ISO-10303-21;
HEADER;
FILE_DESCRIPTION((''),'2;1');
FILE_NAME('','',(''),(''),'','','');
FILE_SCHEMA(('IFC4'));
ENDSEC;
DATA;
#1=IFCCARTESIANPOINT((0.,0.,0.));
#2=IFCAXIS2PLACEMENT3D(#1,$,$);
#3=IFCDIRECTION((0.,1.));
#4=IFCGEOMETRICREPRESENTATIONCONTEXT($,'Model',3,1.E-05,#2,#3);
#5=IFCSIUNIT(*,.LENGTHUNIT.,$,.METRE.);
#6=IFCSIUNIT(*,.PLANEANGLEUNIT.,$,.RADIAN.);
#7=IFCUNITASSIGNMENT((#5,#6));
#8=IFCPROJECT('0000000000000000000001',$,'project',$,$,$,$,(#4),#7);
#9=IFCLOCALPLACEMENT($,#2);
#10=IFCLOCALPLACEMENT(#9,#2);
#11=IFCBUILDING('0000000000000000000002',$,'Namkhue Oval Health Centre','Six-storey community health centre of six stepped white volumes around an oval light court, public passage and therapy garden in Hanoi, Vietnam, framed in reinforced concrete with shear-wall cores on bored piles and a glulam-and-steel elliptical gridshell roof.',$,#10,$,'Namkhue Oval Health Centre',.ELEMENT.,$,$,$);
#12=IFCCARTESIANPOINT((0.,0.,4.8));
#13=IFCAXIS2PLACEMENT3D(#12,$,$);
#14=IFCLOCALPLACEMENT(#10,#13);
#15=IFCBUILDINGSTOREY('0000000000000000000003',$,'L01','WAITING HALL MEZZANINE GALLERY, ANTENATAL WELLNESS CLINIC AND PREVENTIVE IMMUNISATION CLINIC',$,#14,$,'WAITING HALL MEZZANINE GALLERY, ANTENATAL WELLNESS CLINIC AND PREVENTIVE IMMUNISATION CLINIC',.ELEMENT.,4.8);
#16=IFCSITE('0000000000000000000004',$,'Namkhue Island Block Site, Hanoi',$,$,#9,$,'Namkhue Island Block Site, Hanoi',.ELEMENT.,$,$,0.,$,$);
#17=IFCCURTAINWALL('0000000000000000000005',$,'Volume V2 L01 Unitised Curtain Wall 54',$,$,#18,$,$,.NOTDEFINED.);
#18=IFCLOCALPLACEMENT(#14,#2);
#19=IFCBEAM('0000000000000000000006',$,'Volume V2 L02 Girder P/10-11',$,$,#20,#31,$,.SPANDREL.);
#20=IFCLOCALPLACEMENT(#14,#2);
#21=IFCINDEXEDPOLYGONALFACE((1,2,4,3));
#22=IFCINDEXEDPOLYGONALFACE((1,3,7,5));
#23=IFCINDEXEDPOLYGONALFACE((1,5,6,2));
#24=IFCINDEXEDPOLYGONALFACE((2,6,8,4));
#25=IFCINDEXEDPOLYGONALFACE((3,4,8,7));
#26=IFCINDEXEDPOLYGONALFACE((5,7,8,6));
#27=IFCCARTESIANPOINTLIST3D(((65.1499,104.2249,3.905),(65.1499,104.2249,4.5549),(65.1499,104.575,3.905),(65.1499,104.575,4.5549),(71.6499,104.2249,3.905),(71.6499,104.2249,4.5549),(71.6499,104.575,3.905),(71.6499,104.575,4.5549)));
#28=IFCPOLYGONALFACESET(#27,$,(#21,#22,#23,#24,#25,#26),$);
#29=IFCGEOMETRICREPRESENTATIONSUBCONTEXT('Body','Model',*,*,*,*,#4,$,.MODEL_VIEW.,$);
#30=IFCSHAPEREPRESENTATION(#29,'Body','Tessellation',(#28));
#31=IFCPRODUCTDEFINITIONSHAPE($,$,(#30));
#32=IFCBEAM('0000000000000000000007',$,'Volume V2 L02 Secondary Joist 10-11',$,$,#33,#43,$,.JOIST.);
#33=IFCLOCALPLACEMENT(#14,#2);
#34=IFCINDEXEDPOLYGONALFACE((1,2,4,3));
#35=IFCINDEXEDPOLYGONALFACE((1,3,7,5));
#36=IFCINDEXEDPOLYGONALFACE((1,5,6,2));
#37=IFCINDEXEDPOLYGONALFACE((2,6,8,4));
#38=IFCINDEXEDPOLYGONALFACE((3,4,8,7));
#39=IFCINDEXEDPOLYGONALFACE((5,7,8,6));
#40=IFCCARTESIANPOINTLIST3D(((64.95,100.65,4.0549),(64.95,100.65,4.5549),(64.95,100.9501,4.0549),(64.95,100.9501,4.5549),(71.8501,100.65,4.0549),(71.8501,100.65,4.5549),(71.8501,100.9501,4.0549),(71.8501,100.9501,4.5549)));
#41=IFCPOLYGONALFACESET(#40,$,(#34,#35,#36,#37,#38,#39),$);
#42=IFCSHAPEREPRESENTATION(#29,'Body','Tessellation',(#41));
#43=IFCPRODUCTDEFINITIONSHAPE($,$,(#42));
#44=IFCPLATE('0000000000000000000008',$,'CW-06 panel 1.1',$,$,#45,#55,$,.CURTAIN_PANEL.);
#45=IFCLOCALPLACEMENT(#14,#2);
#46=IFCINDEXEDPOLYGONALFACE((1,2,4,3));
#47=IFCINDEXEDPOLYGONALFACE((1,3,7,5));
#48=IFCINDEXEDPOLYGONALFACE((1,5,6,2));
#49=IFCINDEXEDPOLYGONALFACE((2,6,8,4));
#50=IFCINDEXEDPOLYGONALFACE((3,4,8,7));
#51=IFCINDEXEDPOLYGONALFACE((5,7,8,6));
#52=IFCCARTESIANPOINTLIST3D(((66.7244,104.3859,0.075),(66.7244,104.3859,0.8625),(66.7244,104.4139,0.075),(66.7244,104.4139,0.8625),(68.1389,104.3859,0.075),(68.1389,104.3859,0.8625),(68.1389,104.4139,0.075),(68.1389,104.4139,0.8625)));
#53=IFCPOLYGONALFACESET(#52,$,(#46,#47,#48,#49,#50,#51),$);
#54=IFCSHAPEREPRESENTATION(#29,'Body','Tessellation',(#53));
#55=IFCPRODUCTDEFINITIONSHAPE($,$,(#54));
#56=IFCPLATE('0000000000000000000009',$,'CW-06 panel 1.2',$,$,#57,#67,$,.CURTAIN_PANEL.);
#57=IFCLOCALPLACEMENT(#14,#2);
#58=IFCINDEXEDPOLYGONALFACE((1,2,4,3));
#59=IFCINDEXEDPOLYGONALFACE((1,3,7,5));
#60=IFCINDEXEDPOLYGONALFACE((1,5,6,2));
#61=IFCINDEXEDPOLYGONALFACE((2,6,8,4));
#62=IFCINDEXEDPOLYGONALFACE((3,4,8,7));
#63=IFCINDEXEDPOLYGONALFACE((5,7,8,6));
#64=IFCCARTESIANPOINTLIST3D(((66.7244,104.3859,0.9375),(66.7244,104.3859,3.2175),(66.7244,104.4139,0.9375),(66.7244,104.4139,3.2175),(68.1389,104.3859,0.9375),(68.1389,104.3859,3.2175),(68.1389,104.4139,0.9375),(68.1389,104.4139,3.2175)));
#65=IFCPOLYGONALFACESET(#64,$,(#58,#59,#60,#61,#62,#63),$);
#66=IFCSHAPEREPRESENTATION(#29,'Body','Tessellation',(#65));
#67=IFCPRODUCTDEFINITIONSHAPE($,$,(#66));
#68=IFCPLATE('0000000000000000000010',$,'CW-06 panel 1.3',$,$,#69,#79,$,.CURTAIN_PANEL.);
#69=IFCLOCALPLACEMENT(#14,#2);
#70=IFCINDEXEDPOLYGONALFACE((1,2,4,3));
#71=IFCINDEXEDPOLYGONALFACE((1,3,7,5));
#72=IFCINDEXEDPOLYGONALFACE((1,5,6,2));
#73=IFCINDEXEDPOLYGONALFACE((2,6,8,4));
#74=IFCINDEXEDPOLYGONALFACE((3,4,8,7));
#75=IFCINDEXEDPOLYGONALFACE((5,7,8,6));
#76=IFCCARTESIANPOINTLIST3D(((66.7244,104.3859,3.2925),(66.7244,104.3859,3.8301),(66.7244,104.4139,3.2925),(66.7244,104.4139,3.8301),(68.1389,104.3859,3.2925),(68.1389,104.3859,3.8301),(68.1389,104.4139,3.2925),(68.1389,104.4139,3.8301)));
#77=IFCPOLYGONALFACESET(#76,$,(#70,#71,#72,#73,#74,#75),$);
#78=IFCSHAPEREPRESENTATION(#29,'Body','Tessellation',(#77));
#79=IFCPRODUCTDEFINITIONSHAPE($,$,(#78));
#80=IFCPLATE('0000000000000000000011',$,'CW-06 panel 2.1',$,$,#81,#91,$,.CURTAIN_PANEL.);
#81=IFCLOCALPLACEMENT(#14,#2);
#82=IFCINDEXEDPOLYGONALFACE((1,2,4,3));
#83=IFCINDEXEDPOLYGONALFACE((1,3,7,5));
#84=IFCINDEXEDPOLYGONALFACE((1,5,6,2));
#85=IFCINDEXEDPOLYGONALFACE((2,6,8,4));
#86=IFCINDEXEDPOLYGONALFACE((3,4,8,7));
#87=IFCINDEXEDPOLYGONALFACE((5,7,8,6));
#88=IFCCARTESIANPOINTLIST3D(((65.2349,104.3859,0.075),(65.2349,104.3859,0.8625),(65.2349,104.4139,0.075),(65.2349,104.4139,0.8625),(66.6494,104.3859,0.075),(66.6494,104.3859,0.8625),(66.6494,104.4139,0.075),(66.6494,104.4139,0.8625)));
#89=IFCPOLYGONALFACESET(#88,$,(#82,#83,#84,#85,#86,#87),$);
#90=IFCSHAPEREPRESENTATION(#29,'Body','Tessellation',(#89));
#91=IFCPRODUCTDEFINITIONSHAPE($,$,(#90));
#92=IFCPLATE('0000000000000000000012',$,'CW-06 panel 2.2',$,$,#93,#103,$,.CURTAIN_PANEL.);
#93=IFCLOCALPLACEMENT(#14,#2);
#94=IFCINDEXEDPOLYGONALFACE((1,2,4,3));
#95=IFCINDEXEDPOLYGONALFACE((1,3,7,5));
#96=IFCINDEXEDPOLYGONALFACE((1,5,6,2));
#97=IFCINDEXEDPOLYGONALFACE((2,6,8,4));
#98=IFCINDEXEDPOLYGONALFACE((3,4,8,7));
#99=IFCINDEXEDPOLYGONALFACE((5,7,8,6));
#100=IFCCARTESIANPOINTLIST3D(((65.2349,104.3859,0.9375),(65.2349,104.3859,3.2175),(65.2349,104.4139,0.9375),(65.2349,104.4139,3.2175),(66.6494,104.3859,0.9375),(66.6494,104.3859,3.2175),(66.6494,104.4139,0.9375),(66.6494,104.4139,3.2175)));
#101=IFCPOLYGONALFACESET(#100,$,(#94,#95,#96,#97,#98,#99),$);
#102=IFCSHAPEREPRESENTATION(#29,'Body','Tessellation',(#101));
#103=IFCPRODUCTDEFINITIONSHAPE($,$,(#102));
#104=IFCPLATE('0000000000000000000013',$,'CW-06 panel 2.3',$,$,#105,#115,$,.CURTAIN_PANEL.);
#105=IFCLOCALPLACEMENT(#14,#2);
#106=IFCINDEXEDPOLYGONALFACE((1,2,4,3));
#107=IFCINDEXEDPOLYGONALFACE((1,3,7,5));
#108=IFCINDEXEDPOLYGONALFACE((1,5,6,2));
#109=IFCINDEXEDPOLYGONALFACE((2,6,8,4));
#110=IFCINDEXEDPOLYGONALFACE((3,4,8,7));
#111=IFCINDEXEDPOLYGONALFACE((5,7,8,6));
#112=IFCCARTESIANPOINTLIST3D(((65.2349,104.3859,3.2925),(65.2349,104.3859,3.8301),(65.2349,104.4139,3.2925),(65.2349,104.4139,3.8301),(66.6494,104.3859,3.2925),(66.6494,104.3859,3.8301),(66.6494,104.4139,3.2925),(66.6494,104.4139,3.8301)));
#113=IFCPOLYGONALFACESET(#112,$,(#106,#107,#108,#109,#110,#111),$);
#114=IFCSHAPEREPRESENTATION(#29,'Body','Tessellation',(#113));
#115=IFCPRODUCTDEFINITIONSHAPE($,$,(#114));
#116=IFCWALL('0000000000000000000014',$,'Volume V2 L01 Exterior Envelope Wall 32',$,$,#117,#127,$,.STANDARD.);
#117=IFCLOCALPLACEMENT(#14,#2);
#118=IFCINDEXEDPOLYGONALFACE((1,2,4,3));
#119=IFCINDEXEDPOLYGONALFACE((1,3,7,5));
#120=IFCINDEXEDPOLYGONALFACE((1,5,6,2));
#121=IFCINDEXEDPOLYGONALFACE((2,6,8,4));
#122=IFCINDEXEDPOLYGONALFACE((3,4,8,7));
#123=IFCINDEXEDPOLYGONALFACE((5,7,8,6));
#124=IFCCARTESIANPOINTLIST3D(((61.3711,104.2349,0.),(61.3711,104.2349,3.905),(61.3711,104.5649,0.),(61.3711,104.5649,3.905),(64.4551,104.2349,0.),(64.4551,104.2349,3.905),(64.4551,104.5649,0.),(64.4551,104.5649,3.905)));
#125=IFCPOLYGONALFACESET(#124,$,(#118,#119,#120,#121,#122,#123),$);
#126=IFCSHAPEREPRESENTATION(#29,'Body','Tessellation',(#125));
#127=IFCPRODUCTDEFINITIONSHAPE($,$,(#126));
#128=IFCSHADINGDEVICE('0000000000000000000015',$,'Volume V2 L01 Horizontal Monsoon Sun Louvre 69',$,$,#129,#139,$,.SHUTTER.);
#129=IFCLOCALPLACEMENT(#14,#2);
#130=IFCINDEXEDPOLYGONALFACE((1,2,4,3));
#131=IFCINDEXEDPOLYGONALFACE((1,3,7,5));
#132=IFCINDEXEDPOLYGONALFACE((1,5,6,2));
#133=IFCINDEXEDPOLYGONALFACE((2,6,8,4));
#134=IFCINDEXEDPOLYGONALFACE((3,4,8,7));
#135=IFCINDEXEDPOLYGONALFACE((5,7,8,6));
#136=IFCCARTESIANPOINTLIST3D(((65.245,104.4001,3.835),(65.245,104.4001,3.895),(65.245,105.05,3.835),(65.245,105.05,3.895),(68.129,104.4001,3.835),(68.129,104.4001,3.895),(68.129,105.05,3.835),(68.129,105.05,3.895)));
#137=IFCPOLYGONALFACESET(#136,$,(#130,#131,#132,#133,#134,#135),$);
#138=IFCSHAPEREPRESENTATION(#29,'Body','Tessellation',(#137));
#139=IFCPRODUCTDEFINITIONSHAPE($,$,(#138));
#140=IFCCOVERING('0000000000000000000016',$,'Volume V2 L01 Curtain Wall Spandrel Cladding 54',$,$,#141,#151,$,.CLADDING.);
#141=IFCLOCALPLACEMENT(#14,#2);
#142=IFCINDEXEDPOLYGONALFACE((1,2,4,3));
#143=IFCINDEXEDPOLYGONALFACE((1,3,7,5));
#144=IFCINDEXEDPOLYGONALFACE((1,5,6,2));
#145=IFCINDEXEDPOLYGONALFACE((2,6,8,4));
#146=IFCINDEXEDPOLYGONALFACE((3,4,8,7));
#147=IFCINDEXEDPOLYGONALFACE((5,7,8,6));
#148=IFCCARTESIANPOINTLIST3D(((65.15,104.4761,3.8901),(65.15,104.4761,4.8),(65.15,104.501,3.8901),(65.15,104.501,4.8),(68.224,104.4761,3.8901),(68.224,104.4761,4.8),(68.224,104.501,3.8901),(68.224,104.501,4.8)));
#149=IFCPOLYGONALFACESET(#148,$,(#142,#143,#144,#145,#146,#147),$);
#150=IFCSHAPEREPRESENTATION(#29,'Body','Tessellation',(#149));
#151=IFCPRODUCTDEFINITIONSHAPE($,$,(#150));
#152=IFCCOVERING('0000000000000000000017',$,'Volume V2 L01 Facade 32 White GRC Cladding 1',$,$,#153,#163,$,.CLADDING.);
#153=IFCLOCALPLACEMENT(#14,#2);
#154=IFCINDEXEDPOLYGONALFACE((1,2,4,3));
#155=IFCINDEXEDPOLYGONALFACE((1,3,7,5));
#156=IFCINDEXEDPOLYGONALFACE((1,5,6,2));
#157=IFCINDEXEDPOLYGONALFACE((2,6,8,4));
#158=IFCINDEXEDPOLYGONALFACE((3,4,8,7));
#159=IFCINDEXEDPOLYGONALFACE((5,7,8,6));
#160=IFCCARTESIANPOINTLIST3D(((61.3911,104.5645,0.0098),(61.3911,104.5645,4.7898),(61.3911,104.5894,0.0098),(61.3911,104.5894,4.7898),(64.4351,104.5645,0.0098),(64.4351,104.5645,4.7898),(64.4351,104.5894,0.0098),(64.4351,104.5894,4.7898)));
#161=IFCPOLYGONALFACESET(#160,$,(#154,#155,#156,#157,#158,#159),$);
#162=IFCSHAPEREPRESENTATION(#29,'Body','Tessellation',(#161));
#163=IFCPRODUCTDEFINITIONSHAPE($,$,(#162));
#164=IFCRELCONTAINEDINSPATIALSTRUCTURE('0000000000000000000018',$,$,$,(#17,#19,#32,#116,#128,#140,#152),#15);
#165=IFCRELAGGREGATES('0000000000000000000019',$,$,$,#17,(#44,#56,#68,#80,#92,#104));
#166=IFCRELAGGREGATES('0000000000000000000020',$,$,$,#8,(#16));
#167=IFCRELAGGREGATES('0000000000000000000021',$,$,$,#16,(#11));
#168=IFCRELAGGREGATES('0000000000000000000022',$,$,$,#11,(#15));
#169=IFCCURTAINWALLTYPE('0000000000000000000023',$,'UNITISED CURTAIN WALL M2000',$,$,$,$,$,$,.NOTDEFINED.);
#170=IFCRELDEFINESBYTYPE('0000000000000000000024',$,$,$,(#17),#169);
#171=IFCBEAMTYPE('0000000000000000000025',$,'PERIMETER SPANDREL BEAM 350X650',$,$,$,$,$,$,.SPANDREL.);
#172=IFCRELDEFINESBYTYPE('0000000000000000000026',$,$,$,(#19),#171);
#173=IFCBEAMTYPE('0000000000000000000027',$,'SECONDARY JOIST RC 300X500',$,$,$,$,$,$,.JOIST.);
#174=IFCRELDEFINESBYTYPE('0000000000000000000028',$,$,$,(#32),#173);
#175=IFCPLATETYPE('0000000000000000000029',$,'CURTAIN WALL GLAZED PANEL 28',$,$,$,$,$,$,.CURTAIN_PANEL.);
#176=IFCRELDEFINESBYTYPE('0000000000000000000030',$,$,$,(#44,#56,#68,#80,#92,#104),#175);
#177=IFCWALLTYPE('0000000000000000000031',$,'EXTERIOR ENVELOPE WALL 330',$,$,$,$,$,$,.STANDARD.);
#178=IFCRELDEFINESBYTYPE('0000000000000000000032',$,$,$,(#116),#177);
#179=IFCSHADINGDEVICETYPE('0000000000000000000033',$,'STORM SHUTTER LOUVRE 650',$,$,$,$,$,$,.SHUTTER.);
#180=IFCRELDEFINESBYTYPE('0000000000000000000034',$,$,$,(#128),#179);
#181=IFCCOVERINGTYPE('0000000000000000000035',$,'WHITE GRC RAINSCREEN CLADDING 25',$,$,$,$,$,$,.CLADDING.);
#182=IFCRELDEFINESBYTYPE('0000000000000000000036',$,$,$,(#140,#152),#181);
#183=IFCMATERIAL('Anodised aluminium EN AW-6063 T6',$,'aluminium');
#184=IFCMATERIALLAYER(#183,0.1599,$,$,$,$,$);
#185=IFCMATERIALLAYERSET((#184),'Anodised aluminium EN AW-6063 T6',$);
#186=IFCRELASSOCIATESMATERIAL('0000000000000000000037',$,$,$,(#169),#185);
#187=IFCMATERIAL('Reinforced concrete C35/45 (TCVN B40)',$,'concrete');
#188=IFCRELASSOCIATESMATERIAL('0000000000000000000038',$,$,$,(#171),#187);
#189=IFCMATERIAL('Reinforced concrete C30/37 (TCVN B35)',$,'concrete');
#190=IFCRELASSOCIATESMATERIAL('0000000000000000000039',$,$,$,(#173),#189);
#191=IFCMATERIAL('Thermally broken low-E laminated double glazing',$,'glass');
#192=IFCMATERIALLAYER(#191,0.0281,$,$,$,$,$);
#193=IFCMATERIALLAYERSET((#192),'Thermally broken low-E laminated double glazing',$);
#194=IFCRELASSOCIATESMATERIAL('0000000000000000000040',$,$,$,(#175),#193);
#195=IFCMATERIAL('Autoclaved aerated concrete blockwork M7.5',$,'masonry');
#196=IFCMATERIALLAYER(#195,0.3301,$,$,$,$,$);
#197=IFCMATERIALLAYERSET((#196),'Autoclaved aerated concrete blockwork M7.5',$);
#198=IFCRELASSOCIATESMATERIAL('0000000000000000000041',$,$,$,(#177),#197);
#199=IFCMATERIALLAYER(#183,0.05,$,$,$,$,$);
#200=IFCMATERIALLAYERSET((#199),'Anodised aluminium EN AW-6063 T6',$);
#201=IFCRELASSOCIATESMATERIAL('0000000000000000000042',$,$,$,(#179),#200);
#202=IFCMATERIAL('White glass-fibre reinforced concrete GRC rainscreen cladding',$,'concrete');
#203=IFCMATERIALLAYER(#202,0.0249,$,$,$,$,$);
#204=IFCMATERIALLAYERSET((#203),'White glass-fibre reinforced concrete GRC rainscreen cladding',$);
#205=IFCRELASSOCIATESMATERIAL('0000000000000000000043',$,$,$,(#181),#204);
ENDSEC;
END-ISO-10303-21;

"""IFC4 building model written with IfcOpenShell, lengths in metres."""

from ifc_helpers import new_model, si_unit, direction, frame, frame_2d, origin, origin_2d, place, context, subcontext, project, spatial, rectangle, extrude, material, layer, layer_set, material_profile, profile_set, type_object, element, aggregate, save


model = new_model("IFC4")

# Units and contexts
model_context = context("Model", 3, precision=1e-05, world=origin(), true_north=direction((0.0, 1.0)))
body_context = subcontext(model_context, "Body", "Model", "MODEL_VIEW")
ifc_project = project(units=[si_unit("LENGTHUNIT", "METRE"), si_unit("PLANEANGLEUNIT", "RADIAN")], contexts=[model_context])

# Site, building, storey
site_placement = place(None, origin())
site = spatial("IfcSite", under=ifc_project, at=site_placement, Name="Namkhue Island Block Site, Hanoi", LongName="Namkhue Island Block Site, Hanoi", CompositionType="ELEMENT", RefElevation=0.0)
building_placement = place(site_placement, origin())
building = spatial("IfcBuilding", under=site, at=building_placement, Name="Namkhue Oval Health Centre", Description="Six-storey community health centre of six stepped white volumes around an oval light court, public passage and therapy garden in Hanoi, Vietnam, framed in reinforced concrete with shear-wall cores on bored piles and a glulam-and-steel elliptical gridshell roof.", LongName="Namkhue Oval Health Centre", CompositionType="ELEMENT")
storey_placement = place(building_placement, frame((0.0, 0.0, 4.8)))
storey = spatial("IfcBuildingStorey", under=building, at=storey_placement, Name="L01", Description="WAITING HALL MEZZANINE GALLERY, ANTENATAL WELLNESS CLINIC AND PREVENTIVE IMMUNISATION CLINIC", LongName="WAITING HALL MEZZANINE GALLERY, ANTENATAL WELLNESS CLINIC AND PREVENTIVE IMMUNISATION CLINIC", CompositionType="ELEMENT", Elevation=4.8)

# Shared definitions
ifc_material_1 = material(Name="Reinforced concrete C35/45 (TCVN B40)", Category="concrete")

# Shared definitions
ifc_material_2 = material(Name="Anodised aluminium EN AW-6063 T6", Category="aluminium")

# Curtain wall
ifc_layer_1 = layer(ifc_material_2, 0.1599)
ifc_layer_set_1 = layer_set([ifc_layer_1], Name="Anodised aluminium EN AW-6063 T6")
curtain_wall_type_1 = type_object("IfcCurtainWallType", Name="UNITISED CURTAIN WALL M2000", PredefinedType="NOTDEFINED", material=ifc_layer_set_1)
curtain_wall_1_placement = place(storey_placement, origin())
curtain_wall_1 = element("IfcCurtainWall", 1, at=curtain_wall_1_placement, inside=storey, type_object=curtain_wall_type_1, Name="Volume V2 L01 Unitised Curtain Wall 54", PredefinedType="NOTDEFINED")

# Beams
ifc_material_profile_1 = material_profile(ifc_material_1, rectangle(XDim=0.3501, YDim=0.6499, at=origin_2d()), Name="RC 350x650")
ifc_profile_set_1 = profile_set([ifc_material_profile_1], Name="Reinforced concrete C35/45 (TCVN B40)")
beam_type_1 = type_object("IfcBeamType", Name="PERIMETER SPANDREL BEAM 350X650", PredefinedType="SPANDREL", material=ifc_profile_set_1)
beam_1_placement = place(storey_placement, frame((65.1499, 104.3999, 4.23), z_axis=(1.0, 0.0, 0.0), x_axis=(0.0, 1.0, 0.0)))
element("IfcBeam", 2, at=beam_1_placement, inside=storey, type_object=beam_type_1, Name="Volume V2 L02 Girder P/10-11", PredefinedType="SPANDREL", context=body_context, shape_type="SweptSolid", body=[
    extrude(rectangle(XDim=0.3501, YDim=0.6499, at=origin_2d()), origin(), (0.0, 0.0, 1.0), 6.5),
])
ifc_material_3 = material(Name="Reinforced concrete C30/37 (TCVN B35)", Category="concrete")
ifc_material_profile_2 = material_profile(ifc_material_3, rectangle(XDim=0.3, YDim=0.5, at=origin_2d()), Name="RC 300x500")
ifc_profile_set_2 = profile_set([ifc_material_profile_2], Name="Reinforced concrete C30/37 (TCVN B35)")
beam_type_2 = type_object("IfcBeamType", Name="SECONDARY JOIST RC 300X500", PredefinedType="JOIST", material=ifc_profile_set_2)
beam_2_placement = place(storey_placement, frame((64.95, 100.8, 4.3049), z_axis=(1.0, 0.0, 0.0), x_axis=(0.0, 1.0, 0.0)))
element("IfcBeam", 3, at=beam_2_placement, inside=storey, type_object=beam_type_2, Name="Volume V2 L02 Secondary Joist 10-11", PredefinedType="JOIST", context=body_context, shape_type="SweptSolid", body=[
    extrude(rectangle(XDim=0.3, YDim=0.5, at=origin_2d()), origin(), (0.0, 0.0, 1.0), 6.9001),
])

# Plates
ifc_material_4 = material(Name="Thermally broken low-E laminated double glazing", Category="glass")
ifc_layer_2 = layer(ifc_material_4, 0.0281)
ifc_layer_set_2 = layer_set([ifc_layer_2], Name="Thermally broken low-E laminated double glazing")
plate_type = type_object("IfcPlateType", Name="CURTAIN WALL GLAZED PANEL 28", PredefinedType="CURTAIN_PANEL", material=ifc_layer_set_2)
plate_1_placement = place(storey_placement, frame((67.4316, 104.3999, 0.075), z_axis=(0.0, 0.0, 1.0), x_axis=(-1.0, 0.0, 0.0)))
plate_1 = element("IfcPlate", 4, at=plate_1_placement, type_object=plate_type, Name="CW-06 panel 1.1", PredefinedType="CURTAIN_PANEL", context=body_context, shape_type="SweptSolid", body=[
    extrude(rectangle(XDim=1.4146, YDim=0.0281, at=origin_2d()), origin(), (0.0, 0.0, 1.0), 0.7876),
])
plate_2_placement = place(storey_placement, frame((67.4316, 104.3999, 0.9375), z_axis=(0.0, 0.0, 1.0), x_axis=(-1.0, 0.0, 0.0)))
plate_2 = element("IfcPlate", 5, at=plate_2_placement, type_object=plate_type, Name="CW-06 panel 1.2", PredefinedType="CURTAIN_PANEL", context=body_context, shape_type="SweptSolid", body=[
    extrude(rectangle(XDim=1.4146, YDim=0.0281, at=origin_2d()), origin(), (0.0, 0.0, 1.0), 2.28),
])
plate_3_placement = place(storey_placement, frame((67.4316, 104.3999, 3.2925), z_axis=(0.0, 0.0, 1.0), x_axis=(-1.0, 0.0, 0.0)))
plate_3 = element("IfcPlate", 6, at=plate_3_placement, type_object=plate_type, Name="CW-06 panel 1.3", PredefinedType="CURTAIN_PANEL", context=body_context, shape_type="SweptSolid", body=[
    extrude(rectangle(XDim=1.4146, YDim=0.0281, at=origin_2d()), origin(), (0.0, 0.0, 1.0), 0.5376),
])
plate_4_placement = place(storey_placement, frame((65.9421, 104.3999, 0.075), z_axis=(0.0, 0.0, 1.0), x_axis=(-1.0, 0.0, 0.0)))
plate_4 = element("IfcPlate", 7, at=plate_4_placement, type_object=plate_type, Name="CW-06 panel 2.1", PredefinedType="CURTAIN_PANEL", context=body_context, shape_type="SweptSolid", body=[
    extrude(rectangle(XDim=1.4146, YDim=0.0281, at=origin_2d()), origin(), (0.0, 0.0, 1.0), 0.7876),
])
plate_5_placement = place(storey_placement, frame((65.9421, 104.3999, 0.9375), z_axis=(0.0, 0.0, 1.0), x_axis=(-1.0, 0.0, 0.0)))
plate_5 = element("IfcPlate", 8, at=plate_5_placement, type_object=plate_type, Name="CW-06 panel 2.2", PredefinedType="CURTAIN_PANEL", context=body_context, shape_type="SweptSolid", body=[
    extrude(rectangle(XDim=1.4146, YDim=0.0281, at=origin_2d()), origin(), (0.0, 0.0, 1.0), 2.28),
])
plate_6_placement = place(storey_placement, frame((65.9421, 104.3999, 3.2925), z_axis=(0.0, 0.0, 1.0), x_axis=(-1.0, 0.0, 0.0)))
plate_6 = element("IfcPlate", 9, at=plate_6_placement, type_object=plate_type, Name="CW-06 panel 2.3", PredefinedType="CURTAIN_PANEL", context=body_context, shape_type="SweptSolid", body=[
    extrude(rectangle(XDim=1.4146, YDim=0.0281, at=origin_2d()), origin(), (0.0, 0.0, 1.0), 0.5376),
])
aggregate(curtain_wall_1, [plate_1, plate_2, plate_3, plate_4, plate_5, plate_6])

# Wall
ifc_material_5 = material(Name="Autoclaved aerated concrete blockwork M7.5", Category="masonry")
ifc_layer_3 = layer(ifc_material_5, 0.3301)
ifc_layer_set_3 = layer_set([ifc_layer_3], Name="Autoclaved aerated concrete blockwork M7.5")
wall_type = type_object("IfcWallType", Name="EXTERIOR ENVELOPE WALL 330", PredefinedType="STANDARD", material=ifc_layer_set_3)
wall_placement = place(storey_placement, frame((64.4551, 104.3999, 0.0), z_axis=(0.0, 0.0, 1.0), x_axis=(-1.0, 0.0, 0.0)))
element("IfcWall", 10, at=wall_placement, inside=storey, type_object=wall_type, Name="Volume V2 L01 Exterior Envelope Wall 32", PredefinedType="STANDARD", context=body_context, shape_type="SweptSolid", body=[
    extrude(rectangle(XDim=3.084, YDim=0.3301, at=frame_2d((1.542, 0.0))), origin(), (0.0, 0.0, 1.0), 3.905),
])

# Shading device
ifc_layer_4 = layer(ifc_material_2, 0.05)
ifc_layer_set_4 = layer_set([ifc_layer_4], Name="Anodised aluminium EN AW-6063 T6")
shading_device_type = type_object("IfcShadingDeviceType", Name="STORM SHUTTER LOUVRE 650", PredefinedType="SHUTTER", material=ifc_layer_set_4)
shading_device_placement = place(storey_placement, frame((66.687, 104.7251, 3.835), z_axis=(0.0, 0.0, 1.0), x_axis=(-1.0, 0.0, 0.0)))
element("IfcShadingDevice", 11, at=shading_device_placement, inside=storey, type_object=shading_device_type, Name="Volume V2 L01 Horizontal Monsoon Sun Louvre 69", PredefinedType="SHUTTER", context=body_context, shape_type="SweptSolid", body=[
    extrude(rectangle(XDim=2.884, YDim=0.6499, at=origin_2d()), origin(), (0.0, 0.0, 1.0), 0.0601),
])

# Coverings
ifc_material_6 = material(Name="White glass-fibre reinforced concrete GRC rainscreen cladding", Category="concrete")
ifc_layer_5 = layer(ifc_material_6, 0.0249)
ifc_layer_set_5 = layer_set([ifc_layer_5], Name="White glass-fibre reinforced concrete GRC rainscreen cladding")
covering_type = type_object("IfcCoveringType", Name="WHITE GRC RAINSCREEN CLADDING 25", PredefinedType="CLADDING", material=ifc_layer_set_5)
covering_1_placement = place(storey_placement, frame((66.687, 104.4885, 3.8901), z_axis=(0.0, 0.0, 1.0), x_axis=(-1.0, 0.0, 0.0)))
element("IfcCovering", 12, at=covering_1_placement, inside=storey, type_object=covering_type, Name="Volume V2 L01 Curtain Wall Spandrel Cladding 54", PredefinedType="CLADDING", context=body_context, shape_type="SweptSolid", body=[
    extrude(rectangle(XDim=3.074, YDim=0.0249, at=origin_2d()), origin(), (0.0, 0.0, 1.0), 0.9099),
])
covering_2_placement = place(storey_placement, frame((62.9131, 104.5769, 0.0098), z_axis=(0.0, 0.0, 1.0), x_axis=(-1.0, 0.0, 0.0)))
element("IfcCovering", 13, at=covering_2_placement, inside=storey, type_object=covering_type, Name="Volume V2 L01 Facade 32 White GRC Cladding 1", PredefinedType="CLADDING", context=body_context, shape_type="SweptSolid", body=[
    extrude(rectangle(XDim=3.0439, YDim=0.0249, at=origin_2d()), origin(), (0.0, 0.0, 1.0), 4.78),
])

save(model, "model.ifc")
